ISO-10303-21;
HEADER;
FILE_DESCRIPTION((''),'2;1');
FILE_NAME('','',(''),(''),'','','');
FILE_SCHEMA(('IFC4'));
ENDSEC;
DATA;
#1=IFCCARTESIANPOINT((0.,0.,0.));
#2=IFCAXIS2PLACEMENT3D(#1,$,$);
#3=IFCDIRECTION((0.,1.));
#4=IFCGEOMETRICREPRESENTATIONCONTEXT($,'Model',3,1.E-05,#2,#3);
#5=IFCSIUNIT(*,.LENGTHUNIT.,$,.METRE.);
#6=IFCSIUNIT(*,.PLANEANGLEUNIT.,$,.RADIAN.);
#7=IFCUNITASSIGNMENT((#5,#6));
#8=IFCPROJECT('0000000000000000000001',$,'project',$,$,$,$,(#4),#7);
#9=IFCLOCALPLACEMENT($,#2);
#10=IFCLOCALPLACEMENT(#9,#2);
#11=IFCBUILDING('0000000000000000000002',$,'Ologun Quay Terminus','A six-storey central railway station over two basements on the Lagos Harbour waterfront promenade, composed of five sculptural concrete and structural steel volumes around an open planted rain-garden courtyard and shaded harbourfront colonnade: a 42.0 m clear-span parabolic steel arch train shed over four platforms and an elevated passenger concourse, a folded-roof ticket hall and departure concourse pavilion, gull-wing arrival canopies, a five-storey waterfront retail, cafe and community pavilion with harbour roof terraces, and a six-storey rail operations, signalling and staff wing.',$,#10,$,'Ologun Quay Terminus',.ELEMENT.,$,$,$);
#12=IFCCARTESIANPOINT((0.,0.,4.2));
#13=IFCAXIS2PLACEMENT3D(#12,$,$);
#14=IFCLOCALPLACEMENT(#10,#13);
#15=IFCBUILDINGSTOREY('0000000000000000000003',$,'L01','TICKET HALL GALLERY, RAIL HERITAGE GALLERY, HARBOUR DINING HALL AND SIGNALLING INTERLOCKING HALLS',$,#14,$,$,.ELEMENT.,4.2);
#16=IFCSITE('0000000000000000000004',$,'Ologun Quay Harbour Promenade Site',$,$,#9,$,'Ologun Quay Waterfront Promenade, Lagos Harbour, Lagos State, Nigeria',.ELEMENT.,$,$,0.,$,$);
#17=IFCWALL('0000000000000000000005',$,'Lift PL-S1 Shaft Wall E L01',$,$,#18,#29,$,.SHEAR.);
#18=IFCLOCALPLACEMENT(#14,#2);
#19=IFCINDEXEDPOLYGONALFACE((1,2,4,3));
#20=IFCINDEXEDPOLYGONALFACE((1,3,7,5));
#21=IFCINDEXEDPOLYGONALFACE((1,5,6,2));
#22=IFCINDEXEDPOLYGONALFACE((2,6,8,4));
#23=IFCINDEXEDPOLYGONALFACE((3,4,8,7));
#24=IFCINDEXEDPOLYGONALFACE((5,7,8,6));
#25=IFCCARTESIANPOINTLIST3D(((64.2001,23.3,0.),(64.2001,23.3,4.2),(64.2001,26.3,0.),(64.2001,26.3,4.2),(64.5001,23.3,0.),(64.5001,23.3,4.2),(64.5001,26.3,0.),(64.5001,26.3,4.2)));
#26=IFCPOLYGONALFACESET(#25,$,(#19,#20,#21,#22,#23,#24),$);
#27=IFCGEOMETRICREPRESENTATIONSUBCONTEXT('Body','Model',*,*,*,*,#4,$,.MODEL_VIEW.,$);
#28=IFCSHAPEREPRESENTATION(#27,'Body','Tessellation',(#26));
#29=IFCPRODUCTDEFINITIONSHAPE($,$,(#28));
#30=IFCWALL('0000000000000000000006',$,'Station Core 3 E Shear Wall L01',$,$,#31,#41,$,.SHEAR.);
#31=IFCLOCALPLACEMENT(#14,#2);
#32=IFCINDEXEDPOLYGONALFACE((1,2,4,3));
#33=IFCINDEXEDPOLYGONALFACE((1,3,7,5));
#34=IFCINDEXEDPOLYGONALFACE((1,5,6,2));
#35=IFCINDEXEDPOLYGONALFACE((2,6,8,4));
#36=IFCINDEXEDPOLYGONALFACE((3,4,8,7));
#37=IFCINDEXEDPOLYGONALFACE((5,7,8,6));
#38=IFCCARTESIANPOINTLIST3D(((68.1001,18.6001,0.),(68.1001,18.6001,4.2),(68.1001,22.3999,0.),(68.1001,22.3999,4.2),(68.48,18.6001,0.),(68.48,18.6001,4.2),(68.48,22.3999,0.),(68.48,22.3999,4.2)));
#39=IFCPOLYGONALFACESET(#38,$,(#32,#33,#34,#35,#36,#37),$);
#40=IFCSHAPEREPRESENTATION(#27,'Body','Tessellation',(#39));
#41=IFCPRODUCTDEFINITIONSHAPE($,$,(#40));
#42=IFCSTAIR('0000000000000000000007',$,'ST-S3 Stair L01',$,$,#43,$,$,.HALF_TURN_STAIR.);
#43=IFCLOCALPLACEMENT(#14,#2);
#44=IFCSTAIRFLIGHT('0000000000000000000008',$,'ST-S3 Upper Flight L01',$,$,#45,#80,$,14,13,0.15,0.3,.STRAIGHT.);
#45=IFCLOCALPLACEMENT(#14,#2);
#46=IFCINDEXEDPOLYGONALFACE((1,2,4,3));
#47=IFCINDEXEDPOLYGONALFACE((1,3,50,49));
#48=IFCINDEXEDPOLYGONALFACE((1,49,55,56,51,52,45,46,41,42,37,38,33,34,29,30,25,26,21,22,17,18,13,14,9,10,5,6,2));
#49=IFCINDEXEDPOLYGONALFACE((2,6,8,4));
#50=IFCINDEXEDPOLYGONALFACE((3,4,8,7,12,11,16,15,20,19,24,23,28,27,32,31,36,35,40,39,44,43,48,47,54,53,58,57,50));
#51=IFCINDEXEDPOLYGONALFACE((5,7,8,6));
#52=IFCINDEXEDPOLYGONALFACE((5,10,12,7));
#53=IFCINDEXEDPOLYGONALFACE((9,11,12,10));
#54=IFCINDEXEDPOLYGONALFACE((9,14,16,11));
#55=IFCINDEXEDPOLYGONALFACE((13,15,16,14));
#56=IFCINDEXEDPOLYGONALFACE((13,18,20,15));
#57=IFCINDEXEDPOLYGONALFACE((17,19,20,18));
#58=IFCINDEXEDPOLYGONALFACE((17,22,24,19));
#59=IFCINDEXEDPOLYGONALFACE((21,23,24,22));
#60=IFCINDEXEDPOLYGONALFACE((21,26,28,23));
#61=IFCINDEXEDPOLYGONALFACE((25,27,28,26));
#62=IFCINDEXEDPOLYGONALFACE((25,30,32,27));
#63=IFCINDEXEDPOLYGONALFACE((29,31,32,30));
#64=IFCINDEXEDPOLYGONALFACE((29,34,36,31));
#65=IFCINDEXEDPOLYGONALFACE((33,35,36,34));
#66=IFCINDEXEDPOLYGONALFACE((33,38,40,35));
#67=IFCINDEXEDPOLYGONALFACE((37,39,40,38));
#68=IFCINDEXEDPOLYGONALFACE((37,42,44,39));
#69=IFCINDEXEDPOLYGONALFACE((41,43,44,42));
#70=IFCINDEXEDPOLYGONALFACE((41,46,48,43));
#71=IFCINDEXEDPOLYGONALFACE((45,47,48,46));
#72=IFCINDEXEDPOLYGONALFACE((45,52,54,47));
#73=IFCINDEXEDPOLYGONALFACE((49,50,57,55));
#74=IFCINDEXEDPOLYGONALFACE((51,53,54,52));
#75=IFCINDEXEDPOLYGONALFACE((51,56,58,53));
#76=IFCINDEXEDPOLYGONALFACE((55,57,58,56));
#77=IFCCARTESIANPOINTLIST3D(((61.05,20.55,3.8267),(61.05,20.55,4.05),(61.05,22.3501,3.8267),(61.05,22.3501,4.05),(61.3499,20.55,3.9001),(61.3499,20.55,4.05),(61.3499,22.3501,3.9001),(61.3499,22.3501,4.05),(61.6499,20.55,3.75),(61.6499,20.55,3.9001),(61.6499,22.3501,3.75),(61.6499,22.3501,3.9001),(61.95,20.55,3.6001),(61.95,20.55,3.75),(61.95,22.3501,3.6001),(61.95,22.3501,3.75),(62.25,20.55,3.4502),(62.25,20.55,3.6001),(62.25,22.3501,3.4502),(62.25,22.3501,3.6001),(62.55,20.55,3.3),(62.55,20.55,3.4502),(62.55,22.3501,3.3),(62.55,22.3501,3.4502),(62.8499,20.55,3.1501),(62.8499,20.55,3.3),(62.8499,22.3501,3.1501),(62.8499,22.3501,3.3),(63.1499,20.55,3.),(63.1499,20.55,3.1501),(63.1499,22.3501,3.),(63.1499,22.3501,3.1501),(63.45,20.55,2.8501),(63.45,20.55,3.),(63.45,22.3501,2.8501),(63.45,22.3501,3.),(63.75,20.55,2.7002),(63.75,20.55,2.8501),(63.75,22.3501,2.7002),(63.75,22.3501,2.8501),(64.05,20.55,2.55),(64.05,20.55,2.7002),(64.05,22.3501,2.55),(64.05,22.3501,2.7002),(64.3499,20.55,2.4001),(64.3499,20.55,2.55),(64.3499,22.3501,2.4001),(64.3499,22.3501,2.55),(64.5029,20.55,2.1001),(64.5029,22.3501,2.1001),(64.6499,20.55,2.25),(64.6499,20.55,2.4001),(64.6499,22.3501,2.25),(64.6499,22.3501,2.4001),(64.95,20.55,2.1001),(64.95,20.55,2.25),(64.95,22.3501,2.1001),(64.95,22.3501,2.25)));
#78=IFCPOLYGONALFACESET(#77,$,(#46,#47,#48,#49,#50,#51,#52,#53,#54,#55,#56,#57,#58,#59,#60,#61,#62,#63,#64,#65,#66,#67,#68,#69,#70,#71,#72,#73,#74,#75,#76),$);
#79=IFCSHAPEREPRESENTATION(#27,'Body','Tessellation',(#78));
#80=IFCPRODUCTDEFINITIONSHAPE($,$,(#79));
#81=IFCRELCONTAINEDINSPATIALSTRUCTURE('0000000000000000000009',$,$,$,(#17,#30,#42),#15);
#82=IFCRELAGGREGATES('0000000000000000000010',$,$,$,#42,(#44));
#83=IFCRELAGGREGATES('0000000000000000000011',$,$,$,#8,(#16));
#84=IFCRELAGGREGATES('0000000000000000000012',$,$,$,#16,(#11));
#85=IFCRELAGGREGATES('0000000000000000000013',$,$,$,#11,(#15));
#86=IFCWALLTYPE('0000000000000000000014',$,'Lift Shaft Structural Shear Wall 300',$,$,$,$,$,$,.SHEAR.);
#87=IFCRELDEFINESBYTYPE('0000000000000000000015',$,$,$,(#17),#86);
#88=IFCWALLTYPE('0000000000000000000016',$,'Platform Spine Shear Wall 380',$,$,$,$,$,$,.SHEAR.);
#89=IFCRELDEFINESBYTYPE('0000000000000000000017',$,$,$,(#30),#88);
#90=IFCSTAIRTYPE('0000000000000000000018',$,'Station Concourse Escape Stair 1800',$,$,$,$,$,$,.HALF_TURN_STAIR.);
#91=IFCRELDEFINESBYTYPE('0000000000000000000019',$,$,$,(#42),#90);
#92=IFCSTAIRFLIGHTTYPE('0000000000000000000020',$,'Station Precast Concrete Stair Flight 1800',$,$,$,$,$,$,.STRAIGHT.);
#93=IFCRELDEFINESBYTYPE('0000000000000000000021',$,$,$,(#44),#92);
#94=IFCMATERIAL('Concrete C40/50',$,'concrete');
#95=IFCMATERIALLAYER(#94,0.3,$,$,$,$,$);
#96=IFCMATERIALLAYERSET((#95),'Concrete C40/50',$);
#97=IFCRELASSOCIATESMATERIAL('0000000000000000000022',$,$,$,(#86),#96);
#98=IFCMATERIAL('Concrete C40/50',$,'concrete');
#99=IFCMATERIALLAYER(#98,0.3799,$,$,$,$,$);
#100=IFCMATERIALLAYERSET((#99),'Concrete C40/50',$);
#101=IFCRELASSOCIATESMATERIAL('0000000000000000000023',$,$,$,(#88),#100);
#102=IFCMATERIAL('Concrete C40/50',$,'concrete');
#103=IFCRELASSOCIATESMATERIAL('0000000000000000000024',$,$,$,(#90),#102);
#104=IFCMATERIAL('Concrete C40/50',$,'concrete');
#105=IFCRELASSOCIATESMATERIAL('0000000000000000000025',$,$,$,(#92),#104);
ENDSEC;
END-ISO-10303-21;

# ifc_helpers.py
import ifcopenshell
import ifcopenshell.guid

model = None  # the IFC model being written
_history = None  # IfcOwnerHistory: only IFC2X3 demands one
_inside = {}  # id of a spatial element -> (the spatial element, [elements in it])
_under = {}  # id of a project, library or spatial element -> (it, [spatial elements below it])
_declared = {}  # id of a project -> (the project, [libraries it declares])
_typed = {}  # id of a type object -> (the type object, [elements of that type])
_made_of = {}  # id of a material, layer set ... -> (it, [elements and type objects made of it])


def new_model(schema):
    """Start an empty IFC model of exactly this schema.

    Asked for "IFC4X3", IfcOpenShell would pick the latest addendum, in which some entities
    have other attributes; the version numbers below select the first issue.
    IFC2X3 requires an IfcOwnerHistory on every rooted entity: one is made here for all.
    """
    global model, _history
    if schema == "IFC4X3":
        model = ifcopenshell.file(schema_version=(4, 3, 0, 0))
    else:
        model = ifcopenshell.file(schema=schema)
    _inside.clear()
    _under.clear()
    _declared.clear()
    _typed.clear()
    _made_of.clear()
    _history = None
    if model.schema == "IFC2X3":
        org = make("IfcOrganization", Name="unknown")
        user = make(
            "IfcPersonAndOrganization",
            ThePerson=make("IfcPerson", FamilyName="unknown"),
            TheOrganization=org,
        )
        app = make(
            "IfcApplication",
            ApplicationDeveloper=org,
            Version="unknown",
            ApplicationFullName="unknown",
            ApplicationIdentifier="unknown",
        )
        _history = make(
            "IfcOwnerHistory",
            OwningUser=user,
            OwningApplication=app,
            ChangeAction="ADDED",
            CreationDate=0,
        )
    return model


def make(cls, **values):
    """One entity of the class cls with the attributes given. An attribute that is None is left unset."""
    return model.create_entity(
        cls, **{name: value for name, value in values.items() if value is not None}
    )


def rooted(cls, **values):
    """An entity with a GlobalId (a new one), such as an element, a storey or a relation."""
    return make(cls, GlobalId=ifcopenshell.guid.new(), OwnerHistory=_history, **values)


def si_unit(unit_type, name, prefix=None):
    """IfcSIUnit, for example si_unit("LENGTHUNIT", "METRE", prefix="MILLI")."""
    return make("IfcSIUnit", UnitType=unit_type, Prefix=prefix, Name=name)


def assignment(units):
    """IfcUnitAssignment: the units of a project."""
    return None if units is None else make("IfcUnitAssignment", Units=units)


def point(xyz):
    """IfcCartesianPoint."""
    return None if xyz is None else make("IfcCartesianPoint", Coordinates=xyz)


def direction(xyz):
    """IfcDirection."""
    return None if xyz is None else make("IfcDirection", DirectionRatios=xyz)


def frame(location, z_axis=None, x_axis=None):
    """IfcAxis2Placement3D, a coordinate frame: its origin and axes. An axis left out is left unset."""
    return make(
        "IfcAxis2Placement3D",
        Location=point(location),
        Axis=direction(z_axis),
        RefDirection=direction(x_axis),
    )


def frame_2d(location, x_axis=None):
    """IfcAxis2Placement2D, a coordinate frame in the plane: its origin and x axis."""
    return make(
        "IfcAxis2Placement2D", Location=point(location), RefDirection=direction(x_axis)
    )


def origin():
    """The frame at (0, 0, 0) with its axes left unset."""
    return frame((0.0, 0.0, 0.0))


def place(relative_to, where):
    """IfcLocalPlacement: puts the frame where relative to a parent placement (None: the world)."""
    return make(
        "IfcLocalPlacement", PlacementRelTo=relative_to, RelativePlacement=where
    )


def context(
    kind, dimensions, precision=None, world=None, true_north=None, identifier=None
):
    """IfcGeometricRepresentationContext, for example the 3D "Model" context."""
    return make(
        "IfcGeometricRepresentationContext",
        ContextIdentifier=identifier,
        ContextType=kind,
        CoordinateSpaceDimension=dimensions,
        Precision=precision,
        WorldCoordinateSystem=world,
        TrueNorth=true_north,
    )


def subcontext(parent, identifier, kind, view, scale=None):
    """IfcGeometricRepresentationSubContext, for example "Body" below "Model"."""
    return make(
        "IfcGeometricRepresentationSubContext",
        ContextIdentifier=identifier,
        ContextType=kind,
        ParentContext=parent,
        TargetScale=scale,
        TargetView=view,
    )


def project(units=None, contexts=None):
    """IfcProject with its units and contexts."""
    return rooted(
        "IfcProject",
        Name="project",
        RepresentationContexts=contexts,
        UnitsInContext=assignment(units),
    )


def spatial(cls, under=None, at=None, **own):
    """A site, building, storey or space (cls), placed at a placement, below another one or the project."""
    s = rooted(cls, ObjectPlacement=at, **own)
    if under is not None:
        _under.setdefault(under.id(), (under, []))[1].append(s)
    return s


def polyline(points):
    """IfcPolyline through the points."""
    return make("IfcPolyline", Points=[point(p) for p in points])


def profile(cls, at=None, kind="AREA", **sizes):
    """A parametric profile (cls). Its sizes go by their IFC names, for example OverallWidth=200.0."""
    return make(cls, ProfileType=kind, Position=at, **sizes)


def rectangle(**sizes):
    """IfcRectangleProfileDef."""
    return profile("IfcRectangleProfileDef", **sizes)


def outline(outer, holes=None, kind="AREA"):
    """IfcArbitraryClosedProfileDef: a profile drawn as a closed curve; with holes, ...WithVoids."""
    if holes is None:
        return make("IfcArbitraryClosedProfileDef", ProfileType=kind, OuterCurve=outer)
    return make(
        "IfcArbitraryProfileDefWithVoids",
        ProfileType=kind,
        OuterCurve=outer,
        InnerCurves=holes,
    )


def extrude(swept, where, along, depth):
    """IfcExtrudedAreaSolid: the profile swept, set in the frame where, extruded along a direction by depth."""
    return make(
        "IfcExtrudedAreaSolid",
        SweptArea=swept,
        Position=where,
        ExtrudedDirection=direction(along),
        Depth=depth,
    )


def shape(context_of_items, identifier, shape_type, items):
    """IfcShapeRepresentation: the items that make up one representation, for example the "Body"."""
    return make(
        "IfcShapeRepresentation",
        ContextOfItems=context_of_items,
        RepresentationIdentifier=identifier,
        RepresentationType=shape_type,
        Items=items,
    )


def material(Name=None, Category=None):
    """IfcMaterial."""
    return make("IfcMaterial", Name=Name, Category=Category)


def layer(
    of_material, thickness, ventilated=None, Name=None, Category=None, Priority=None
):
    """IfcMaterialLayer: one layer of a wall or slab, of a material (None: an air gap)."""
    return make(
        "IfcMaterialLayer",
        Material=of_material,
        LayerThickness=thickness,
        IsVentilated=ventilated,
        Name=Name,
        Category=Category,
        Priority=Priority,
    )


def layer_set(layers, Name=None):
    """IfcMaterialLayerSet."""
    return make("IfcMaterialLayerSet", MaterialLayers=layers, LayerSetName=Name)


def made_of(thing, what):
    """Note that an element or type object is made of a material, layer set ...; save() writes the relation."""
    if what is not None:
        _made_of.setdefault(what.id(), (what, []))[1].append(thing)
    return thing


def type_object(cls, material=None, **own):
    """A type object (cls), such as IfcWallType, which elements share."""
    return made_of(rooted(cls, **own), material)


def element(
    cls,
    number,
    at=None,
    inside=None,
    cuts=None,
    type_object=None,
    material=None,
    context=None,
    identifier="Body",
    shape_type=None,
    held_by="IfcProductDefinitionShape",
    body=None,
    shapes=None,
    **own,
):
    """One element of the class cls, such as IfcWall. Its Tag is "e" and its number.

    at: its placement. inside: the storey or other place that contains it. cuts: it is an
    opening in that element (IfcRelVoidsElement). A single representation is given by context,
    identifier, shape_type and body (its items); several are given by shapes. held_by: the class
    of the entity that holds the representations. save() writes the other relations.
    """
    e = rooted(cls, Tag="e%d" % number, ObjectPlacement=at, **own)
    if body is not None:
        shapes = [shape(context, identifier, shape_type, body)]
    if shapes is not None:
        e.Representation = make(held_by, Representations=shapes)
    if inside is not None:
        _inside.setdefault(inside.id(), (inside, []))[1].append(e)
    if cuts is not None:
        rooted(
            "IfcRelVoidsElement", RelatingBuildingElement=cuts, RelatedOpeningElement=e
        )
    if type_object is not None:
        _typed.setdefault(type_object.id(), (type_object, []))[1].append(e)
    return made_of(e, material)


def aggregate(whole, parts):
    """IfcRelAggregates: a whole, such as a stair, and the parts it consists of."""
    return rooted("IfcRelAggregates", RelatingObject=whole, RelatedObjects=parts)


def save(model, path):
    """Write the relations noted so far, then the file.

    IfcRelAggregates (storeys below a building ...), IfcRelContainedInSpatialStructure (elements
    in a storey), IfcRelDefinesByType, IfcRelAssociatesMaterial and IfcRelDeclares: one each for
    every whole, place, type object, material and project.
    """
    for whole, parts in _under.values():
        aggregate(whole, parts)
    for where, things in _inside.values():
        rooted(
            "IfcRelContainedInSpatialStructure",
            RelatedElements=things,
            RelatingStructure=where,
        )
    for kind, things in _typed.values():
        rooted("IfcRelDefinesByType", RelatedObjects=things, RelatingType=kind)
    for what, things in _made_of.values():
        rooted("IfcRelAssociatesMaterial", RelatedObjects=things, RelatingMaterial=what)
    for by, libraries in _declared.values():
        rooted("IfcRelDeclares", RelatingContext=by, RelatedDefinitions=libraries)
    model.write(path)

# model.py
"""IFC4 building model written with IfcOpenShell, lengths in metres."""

from ifc_helpers import new_model, si_unit, direction, frame, frame_2d, origin, place, context, subcontext, project, spatial, polyline, rectangle, outline, extrude, material, layer, layer_set, type_object, element, aggregate, save


model = new_model("IFC4")

# Units and contexts
model_context = context("Model", 3, precision=1e-05, world=origin(), true_north=direction((0.0, 1.0)))
body_context = subcontext(model_context, "Body", "Model", "MODEL_VIEW")
ifc_project = project(units=[si_unit("LENGTHUNIT", "METRE"), si_unit("PLANEANGLEUNIT", "RADIAN")], contexts=[model_context])

# Site, building, storey
site_placement = place(None, origin())
site = spatial("IfcSite", under=ifc_project, at=site_placement, Name="Ologun Quay Harbour Promenade Site", LongName="Ologun Quay Waterfront Promenade, Lagos Harbour, Lagos State, Nigeria", CompositionType="ELEMENT", RefElevation=0.0)
building_placement = place(site_placement, origin())
building = spatial("IfcBuilding", under=site, at=building_placement, Name="Ologun Quay Terminus", Description="A six-storey central railway station over two basements on the Lagos Harbour waterfront promenade, composed of five sculptural concrete and structural steel volumes around an open planted rain-garden courtyard and shaded harbourfront colonnade: a 42.0 m clear-span parabolic steel arch train shed over four platforms and an elevated passenger concourse, a folded-roof ticket hall and departure concourse pavilion, gull-wing arrival canopies, a five-storey waterfront retail, cafe and community pavilion with harbour roof terraces, and a six-storey rail operations, signalling and staff wing.", LongName="Ologun Quay Terminus", CompositionType="ELEMENT")
storey_placement = place(building_placement, frame((0.0, 0.0, 4.2)))
storey = spatial("IfcBuildingStorey", under=building, at=storey_placement, Name="L01", Description="TICKET HALL GALLERY, RAIL HERITAGE GALLERY, HARBOUR DINING HALL AND SIGNALLING INTERLOCKING HALLS", CompositionType="ELEMENT", Elevation=4.2)

# Walls
ifc_material_1 = material(Name="Concrete C40/50", Category="concrete")
ifc_layer_1 = layer(ifc_material_1, 0.3)
ifc_layer_set_1 = layer_set([ifc_layer_1], Name="Concrete C40/50")
wall_type_1 = type_object("IfcWallType", Name="Lift Shaft Structural Shear Wall 300", PredefinedType="SHEAR", material=ifc_layer_set_1)
wall_1_placement = place(storey_placement, frame((64.3501, 23.3, 0.0), z_axis=(0.0, 0.0, 1.0), x_axis=(0.0, 1.0, 0.0)))
element("IfcWall", 1, at=wall_1_placement, inside=storey, type_object=wall_type_1, Name="Lift PL-S1 Shaft Wall E L01", PredefinedType="SHEAR", context=body_context, shape_type="SweptSolid", body=[
    extrude(rectangle(XDim=3.0, YDim=0.3, at=frame_2d((1.5, 0.0))), origin(), (0.0, 0.0, 1.0), 4.2),
])
ifc_material_2 = material(Name="Concrete C40/50", Category="concrete")
ifc_layer_2 = layer(ifc_material_2, 0.3799)
ifc_layer_set_2 = layer_set([ifc_layer_2], Name="Concrete C40/50")
wall_type_2 = type_object("IfcWallType", Name="Platform Spine Shear Wall 380", PredefinedType="SHEAR", material=ifc_layer_set_2)
wall_2_placement = place(storey_placement, frame((68.29, 18.6001, 0.0), z_axis=(0.0, 0.0, 1.0), x_axis=(0.0, 1.0, 0.0)))
element("IfcWall", 2, at=wall_2_placement, inside=storey, type_object=wall_type_2, Name="Station Core 3 E Shear Wall L01", PredefinedType="SHEAR", context=body_context, shape_type="SweptSolid", body=[
    extrude(rectangle(XDim=3.7998, YDim=0.3799, at=frame_2d((1.8999, 0.0))), origin(), (0.0, 0.0, 1.0), 4.2),
])

# Stair, stair flight
ifc_material_3 = material(Name="Concrete C40/50", Category="concrete")
stair_type = type_object("IfcStairType", Name="Station Concourse Escape Stair 1800", PredefinedType="HALF_TURN_STAIR", material=ifc_material_3)
stair_placement = place(storey_placement, origin())
stair = element("IfcStair", 3, at=stair_placement, inside=storey, type_object=stair_type, Name="ST-S3 Stair L01", PredefinedType="HALF_TURN_STAIR")
ifc_material_4 = material(Name="Concrete C40/50", Category="concrete")
stair_flight_type = type_object("IfcStairFlightType", Name="Station Precast Concrete Stair Flight 1800", PredefinedType="STRAIGHT", material=ifc_material_4)
stair_flight_placement = place(storey_placement, frame((64.95, 21.45, 2.1001), z_axis=(0.0, 0.0, 1.0), x_axis=(-1.0, 0.0, 0.0)))
stair_flight = element("IfcStairFlight", 4, at=stair_flight_placement, type_object=stair_flight_type, Name="ST-S3 Upper Flight L01", NumberOfRisers=14, NumberOfTreads=13, PredefinedType="STRAIGHT", RiserHeight=0.15, TreadLength=0.3, context=body_context, shape_type="SweptSolid", body=[
    extrude(outline(polyline([(0.0, 0.0), (0.0, 0.1499), (0.3, 0.1499), (0.3, 0.3), (0.6001, 0.3), (0.6001, 0.45), (0.8999, 0.45), (0.8999, 0.6001), (1.2, 0.6001), (1.2, 0.75), (1.5, 0.75), (1.5, 0.8999), (1.8, 0.8999), (1.8, 1.05), (2.1001, 1.05), (2.1001, 1.2), (2.3999, 1.2), (2.3999, 1.3501), (2.7, 1.3501), (2.7, 1.5), (3.0, 1.5), (3.0, 1.6499), (3.3, 1.6499), (3.3, 1.8), (3.6001, 1.8), (3.6001, 1.95), (3.8999, 1.95), (3.8999, 2.1001), (3.8999, 1.7266), (0.447, 0.0), (0.0, 0.0)])), frame((0.0, 0.8999, 0.0), z_axis=(0.0, -1.0, 0.0), x_axis=(1.0, 0.0, 0.0)), (0.0, 0.0, 1.0), 1.8),
])
aggregate(stair, [stair_flight])

save(model, "model.ifc")
